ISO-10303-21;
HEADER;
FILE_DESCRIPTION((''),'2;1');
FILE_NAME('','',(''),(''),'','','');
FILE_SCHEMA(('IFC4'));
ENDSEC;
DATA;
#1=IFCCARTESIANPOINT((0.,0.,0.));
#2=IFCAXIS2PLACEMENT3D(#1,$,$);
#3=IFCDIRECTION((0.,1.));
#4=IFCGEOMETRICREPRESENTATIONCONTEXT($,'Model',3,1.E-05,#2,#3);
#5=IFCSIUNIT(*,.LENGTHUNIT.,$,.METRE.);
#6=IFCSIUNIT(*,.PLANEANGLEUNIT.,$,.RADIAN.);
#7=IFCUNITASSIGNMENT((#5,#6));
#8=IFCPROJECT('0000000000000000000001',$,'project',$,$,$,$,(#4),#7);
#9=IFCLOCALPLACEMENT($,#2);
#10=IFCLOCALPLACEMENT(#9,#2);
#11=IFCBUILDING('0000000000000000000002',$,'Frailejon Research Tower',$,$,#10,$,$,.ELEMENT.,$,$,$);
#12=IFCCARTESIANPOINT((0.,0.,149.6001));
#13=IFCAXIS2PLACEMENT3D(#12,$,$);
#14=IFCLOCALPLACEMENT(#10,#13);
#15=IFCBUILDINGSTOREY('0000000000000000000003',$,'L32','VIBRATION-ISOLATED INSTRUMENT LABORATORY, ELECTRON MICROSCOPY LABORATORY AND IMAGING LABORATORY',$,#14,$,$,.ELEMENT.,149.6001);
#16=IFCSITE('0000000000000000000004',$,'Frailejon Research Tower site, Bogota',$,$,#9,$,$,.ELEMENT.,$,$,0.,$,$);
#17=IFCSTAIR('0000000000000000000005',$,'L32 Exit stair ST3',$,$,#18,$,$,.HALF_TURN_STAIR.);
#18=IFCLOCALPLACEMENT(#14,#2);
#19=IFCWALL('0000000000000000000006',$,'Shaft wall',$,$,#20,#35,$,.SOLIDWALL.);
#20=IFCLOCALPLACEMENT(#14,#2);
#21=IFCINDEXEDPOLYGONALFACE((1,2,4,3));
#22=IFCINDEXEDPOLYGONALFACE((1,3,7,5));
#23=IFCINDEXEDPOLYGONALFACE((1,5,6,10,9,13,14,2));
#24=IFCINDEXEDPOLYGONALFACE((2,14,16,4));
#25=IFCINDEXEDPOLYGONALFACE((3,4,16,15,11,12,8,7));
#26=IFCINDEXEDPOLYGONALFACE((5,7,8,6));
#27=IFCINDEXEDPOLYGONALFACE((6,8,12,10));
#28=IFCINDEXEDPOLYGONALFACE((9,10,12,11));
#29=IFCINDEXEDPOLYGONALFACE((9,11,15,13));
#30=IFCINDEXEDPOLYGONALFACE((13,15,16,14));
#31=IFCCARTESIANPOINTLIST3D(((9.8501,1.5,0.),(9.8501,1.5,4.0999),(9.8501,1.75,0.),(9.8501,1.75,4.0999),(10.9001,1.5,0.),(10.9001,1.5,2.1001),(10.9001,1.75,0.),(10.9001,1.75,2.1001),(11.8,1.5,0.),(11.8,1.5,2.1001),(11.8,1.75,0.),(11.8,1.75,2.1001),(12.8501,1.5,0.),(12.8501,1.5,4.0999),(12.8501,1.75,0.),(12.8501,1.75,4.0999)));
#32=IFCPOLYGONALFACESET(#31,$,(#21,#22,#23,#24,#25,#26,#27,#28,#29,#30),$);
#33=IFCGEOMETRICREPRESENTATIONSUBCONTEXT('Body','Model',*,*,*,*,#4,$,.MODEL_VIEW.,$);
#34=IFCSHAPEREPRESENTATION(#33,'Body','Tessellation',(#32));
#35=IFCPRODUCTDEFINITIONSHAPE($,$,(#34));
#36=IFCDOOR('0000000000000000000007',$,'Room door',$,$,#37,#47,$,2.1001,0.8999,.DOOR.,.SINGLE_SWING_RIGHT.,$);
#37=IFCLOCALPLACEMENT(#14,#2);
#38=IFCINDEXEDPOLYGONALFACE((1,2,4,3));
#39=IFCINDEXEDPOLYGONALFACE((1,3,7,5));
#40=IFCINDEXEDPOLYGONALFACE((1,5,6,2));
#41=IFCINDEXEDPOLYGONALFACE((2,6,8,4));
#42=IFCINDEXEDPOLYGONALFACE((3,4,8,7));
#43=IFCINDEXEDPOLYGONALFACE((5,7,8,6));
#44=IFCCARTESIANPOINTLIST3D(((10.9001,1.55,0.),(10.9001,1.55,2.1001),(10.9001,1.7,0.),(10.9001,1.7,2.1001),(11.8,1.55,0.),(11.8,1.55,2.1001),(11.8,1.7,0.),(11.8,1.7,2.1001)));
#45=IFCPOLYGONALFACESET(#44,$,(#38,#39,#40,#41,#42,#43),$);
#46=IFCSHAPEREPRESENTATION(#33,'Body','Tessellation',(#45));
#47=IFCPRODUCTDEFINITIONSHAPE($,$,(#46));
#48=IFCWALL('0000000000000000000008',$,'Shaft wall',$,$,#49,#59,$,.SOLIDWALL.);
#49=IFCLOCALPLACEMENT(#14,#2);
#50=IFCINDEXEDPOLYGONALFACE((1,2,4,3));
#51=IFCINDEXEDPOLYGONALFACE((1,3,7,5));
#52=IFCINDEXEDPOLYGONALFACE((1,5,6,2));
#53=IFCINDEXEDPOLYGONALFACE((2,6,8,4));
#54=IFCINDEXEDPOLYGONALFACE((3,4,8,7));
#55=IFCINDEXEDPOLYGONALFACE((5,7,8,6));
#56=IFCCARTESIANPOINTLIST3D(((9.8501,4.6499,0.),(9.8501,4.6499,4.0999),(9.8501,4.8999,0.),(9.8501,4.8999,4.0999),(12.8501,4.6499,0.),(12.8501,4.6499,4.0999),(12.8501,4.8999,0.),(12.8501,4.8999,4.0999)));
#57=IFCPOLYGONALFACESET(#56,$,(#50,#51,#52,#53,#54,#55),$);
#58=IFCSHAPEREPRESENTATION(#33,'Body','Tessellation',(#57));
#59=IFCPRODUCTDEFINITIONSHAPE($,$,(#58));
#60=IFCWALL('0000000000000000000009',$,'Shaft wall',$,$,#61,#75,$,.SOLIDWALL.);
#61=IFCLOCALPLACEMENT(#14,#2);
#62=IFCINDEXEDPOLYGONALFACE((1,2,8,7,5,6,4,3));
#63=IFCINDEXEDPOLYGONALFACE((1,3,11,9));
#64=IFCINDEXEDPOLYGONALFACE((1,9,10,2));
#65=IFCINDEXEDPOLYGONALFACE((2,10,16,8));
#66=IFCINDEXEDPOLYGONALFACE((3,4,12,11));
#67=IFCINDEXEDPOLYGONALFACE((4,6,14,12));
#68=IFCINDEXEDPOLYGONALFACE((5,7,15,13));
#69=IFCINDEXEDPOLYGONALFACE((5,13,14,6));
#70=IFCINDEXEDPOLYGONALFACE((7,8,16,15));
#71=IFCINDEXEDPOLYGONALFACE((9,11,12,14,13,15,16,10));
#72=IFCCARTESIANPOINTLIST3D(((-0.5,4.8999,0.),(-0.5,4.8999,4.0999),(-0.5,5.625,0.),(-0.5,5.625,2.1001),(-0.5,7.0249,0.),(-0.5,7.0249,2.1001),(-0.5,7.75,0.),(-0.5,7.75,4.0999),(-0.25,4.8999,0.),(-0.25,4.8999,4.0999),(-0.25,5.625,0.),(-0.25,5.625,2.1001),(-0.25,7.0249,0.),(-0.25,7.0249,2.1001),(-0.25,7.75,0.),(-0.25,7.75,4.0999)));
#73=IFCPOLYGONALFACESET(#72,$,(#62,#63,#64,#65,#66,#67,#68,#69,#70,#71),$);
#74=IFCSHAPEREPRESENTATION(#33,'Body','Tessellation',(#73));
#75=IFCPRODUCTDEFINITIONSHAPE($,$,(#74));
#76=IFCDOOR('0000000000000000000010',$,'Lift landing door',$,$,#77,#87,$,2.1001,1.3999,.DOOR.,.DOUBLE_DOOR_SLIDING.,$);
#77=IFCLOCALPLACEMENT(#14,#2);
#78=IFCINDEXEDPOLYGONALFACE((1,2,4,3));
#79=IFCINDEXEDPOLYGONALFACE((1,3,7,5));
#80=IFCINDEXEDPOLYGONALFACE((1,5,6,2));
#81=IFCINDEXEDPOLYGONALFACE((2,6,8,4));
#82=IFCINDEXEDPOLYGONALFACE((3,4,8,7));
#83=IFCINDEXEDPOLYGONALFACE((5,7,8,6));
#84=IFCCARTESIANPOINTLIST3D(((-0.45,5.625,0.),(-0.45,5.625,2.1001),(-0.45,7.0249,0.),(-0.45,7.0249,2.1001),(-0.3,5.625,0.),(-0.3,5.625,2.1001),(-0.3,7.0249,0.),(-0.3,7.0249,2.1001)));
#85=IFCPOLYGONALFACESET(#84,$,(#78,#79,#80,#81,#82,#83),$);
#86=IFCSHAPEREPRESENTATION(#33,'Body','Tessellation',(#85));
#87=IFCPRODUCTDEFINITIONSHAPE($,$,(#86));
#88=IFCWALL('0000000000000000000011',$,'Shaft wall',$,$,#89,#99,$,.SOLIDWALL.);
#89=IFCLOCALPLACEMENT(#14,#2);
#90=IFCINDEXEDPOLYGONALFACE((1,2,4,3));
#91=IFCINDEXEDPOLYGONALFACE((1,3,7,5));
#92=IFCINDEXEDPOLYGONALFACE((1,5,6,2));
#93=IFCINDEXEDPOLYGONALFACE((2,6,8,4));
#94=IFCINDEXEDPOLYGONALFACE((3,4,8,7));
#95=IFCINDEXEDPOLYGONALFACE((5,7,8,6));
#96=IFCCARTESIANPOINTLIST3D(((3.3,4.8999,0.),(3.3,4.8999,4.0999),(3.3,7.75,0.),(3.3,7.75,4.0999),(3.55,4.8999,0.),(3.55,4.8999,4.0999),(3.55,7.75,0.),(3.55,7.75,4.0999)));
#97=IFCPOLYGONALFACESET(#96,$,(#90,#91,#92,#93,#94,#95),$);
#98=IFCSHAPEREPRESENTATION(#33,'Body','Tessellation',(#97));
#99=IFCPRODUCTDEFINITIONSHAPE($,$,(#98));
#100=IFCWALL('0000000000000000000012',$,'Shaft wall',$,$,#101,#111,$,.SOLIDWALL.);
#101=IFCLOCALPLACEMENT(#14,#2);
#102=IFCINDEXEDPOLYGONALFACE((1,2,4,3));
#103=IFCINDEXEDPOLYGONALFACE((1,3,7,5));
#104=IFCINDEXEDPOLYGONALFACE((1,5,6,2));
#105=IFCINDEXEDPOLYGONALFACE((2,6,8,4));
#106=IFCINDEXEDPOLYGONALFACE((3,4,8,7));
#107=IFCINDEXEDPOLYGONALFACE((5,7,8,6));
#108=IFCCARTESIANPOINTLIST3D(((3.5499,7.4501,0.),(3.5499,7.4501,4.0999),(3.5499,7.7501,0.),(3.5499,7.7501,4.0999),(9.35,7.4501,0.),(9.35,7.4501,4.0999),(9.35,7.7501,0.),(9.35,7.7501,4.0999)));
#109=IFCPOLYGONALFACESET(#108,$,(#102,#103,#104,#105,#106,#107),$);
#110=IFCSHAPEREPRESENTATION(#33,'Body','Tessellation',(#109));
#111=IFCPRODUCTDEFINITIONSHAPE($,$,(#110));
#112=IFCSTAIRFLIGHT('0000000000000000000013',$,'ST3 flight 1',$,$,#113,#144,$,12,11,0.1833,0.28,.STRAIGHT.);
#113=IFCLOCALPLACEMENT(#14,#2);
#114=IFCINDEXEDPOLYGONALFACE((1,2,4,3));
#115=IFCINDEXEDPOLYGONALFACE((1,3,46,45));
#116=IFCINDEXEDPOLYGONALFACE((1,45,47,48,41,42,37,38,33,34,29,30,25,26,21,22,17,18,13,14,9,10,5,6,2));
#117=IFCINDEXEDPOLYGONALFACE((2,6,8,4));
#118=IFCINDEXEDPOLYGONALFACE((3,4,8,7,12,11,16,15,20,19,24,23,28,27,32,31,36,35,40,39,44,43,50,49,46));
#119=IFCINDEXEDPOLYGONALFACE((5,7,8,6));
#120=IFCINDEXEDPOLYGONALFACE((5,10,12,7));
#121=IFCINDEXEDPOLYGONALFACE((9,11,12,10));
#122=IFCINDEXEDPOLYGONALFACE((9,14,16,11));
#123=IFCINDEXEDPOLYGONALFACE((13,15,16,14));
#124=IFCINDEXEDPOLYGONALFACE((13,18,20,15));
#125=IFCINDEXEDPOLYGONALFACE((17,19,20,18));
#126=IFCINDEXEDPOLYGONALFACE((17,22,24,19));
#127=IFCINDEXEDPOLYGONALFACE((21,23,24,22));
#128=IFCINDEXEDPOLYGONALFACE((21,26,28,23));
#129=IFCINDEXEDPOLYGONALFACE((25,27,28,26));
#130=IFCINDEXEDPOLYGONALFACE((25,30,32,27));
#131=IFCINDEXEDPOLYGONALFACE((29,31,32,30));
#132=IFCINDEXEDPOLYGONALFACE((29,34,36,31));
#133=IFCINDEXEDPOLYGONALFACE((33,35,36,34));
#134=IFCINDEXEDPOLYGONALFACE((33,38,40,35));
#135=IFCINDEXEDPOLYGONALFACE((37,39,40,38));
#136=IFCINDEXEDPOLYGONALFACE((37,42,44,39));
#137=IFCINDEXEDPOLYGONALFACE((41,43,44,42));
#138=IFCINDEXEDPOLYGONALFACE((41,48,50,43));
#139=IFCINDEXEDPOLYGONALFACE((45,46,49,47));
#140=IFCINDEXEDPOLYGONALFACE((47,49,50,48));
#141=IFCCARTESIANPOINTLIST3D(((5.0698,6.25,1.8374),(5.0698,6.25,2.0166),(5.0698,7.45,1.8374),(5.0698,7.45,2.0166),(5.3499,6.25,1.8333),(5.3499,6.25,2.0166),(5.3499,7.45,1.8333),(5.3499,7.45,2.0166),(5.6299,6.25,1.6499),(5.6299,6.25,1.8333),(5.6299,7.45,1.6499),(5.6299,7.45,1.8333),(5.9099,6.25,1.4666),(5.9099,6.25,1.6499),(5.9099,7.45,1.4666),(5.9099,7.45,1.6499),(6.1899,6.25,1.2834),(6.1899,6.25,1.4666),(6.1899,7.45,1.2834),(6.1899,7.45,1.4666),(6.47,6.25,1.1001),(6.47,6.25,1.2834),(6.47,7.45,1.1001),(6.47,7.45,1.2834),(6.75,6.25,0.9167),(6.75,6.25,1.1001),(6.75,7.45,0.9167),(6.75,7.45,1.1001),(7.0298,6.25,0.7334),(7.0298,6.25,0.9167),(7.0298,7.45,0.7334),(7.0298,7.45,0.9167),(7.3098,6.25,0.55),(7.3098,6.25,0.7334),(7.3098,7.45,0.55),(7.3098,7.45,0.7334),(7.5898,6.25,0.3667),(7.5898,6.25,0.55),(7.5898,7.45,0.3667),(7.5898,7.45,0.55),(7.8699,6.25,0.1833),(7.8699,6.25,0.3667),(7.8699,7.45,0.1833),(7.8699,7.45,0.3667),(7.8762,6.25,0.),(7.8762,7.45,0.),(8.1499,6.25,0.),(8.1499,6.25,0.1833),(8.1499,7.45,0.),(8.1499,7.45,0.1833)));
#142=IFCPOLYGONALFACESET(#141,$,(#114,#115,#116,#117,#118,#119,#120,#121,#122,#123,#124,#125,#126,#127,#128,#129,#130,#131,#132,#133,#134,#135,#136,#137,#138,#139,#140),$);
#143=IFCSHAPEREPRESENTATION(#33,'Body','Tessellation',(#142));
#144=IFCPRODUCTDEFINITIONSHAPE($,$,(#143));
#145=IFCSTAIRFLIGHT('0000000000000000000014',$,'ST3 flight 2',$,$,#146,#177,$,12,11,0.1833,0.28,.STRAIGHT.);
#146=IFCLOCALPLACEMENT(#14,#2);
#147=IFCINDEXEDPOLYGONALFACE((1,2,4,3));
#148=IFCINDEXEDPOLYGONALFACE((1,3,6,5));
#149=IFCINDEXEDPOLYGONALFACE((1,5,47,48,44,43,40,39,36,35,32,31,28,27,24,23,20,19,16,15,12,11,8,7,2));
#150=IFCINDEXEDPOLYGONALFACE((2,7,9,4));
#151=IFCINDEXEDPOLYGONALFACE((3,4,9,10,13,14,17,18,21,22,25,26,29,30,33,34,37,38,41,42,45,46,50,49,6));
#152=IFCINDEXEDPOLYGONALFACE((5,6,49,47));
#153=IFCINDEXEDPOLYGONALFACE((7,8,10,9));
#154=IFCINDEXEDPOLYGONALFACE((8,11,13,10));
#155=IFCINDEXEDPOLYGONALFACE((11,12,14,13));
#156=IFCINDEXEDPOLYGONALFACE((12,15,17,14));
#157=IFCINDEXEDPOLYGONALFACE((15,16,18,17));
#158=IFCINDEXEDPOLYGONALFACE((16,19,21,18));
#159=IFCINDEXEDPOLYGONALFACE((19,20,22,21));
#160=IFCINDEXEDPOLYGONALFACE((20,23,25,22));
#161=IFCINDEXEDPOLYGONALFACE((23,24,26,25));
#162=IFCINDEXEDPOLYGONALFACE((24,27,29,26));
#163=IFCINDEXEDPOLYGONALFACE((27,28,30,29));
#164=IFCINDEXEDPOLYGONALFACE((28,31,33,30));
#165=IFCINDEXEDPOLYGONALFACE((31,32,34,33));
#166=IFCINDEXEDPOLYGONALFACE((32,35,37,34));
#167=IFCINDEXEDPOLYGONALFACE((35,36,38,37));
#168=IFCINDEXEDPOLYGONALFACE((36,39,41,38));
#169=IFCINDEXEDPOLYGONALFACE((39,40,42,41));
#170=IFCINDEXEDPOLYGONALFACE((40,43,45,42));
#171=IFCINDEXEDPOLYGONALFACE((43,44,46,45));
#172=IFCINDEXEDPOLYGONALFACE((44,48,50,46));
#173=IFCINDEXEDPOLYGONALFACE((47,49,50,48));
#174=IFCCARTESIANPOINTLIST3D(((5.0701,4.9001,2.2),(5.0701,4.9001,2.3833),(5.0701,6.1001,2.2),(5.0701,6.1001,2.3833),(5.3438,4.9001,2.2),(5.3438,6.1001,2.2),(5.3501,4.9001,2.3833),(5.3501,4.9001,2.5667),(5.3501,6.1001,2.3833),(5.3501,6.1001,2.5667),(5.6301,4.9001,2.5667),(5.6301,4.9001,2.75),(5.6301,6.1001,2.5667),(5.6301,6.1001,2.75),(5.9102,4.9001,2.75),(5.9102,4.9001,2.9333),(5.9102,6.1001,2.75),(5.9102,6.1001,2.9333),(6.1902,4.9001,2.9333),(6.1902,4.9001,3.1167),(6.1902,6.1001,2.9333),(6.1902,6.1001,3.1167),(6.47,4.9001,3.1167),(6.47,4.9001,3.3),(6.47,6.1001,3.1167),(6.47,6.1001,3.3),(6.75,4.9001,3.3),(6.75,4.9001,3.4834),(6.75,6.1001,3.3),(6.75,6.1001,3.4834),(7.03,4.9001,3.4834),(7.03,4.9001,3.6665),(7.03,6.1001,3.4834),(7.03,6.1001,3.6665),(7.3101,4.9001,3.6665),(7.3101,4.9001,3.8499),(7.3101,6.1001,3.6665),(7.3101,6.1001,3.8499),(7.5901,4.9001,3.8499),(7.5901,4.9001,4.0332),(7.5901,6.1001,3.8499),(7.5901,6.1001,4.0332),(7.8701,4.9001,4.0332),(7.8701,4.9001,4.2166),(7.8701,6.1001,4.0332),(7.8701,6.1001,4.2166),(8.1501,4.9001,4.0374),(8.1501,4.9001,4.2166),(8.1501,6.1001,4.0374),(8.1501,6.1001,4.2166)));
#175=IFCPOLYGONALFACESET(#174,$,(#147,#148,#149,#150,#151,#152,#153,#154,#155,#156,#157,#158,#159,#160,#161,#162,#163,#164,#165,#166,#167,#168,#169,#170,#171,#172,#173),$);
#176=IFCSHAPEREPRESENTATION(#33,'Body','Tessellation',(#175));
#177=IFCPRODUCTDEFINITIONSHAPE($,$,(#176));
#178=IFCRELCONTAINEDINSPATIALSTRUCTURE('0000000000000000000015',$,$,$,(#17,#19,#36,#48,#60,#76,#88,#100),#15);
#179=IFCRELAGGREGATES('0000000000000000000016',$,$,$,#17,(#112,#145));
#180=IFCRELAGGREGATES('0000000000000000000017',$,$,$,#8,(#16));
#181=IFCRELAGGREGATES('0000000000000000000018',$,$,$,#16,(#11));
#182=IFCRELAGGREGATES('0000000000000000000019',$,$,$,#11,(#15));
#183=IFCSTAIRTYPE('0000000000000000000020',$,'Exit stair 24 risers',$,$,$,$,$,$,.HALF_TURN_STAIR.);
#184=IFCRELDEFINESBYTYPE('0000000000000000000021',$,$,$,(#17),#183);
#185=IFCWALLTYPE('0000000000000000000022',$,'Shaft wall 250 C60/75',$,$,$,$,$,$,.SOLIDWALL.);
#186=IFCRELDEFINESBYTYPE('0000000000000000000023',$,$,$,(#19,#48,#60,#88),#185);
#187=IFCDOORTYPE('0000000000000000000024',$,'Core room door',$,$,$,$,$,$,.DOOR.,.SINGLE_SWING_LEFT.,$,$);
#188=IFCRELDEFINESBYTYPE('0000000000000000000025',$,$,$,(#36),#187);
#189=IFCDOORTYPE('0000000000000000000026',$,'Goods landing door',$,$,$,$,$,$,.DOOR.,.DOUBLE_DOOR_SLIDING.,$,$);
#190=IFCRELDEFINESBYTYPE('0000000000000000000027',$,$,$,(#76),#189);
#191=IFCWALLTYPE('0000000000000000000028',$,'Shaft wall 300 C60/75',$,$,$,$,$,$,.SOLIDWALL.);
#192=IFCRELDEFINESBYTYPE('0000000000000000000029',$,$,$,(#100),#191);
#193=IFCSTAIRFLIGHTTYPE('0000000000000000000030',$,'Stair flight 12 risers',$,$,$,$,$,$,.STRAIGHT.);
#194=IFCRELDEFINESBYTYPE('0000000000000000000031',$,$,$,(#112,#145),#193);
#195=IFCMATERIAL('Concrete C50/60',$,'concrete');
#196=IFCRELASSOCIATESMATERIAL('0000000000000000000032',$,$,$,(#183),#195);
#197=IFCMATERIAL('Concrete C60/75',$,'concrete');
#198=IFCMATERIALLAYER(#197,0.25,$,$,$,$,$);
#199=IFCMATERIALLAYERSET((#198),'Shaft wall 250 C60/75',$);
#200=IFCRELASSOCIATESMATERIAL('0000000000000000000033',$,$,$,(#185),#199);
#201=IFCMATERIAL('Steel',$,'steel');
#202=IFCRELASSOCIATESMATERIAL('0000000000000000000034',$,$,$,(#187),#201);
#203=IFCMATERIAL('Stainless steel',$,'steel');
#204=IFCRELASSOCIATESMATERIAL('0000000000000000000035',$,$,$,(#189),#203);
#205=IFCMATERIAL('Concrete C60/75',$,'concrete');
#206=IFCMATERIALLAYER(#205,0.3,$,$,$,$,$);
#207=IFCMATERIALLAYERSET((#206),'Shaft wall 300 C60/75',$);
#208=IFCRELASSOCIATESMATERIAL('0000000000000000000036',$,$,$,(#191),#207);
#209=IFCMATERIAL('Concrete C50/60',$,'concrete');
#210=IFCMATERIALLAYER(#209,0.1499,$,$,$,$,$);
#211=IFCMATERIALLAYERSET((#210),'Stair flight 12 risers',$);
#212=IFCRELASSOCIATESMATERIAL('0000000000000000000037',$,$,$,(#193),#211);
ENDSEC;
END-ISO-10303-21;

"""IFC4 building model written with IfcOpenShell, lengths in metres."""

from ifc_helpers import new_model, si_unit, direction, frame, frame_2d, origin, place, context, subcontext, project, spatial, polyline, rectangle, outline, extrude, material, layer, layer_set, type_object, element, fill, aggregate, save


model = new_model("IFC4")

# Units and contexts
model_context = context("Model", 3, precision=1e-05, world=origin(), true_north=direction((0.0, 1.0)))
body_context = subcontext(model_context, "Body", "Model", "MODEL_VIEW")
ifc_project = project(units=[si_unit("LENGTHUNIT", "METRE"), si_unit("PLANEANGLEUNIT", "RADIAN")], contexts=[model_context])

# Site, building, storey
site_placement = place(None, origin())
site = spatial("IfcSite", under=ifc_project, at=site_placement, Name="Frailejon Research Tower site, Bogota", CompositionType="ELEMENT", RefElevation=0.0)
building_placement = place(site_placement, origin())
building = spatial("IfcBuilding", under=site, at=building_placement, Name="Frailejon Research Tower", CompositionType="ELEMENT")
storey_placement = place(building_placement, frame((0.0, 0.0, 149.6001)))
storey = spatial("IfcBuildingStorey", under=building, at=storey_placement, Name="L32", Description="VIBRATION-ISOLATED INSTRUMENT LABORATORY, ELECTRON MICROSCOPY LABORATORY AND IMAGING LABORATORY", CompositionType="ELEMENT", Elevation=149.6001)

# Stair
ifc_material_1 = material(Name="Concrete C50/60", Category="concrete")
stair_type = type_object("IfcStairType", Name="Exit stair 24 risers", PredefinedType="HALF_TURN_STAIR", material=ifc_material_1)
stair_1_placement = place(storey_placement, origin())
stair_1 = element("IfcStair", 1, at=stair_1_placement, inside=storey, type_object=stair_type, Name="L32 Exit stair ST3", PredefinedType="HALF_TURN_STAIR")

# Wall, opening, door
ifc_material_2 = material(Name="Concrete C60/75", Category="concrete")
ifc_layer_1 = layer(ifc_material_2, 0.25)
ifc_layer_set_1 = layer_set([ifc_layer_1], Name="Shaft wall 250 C60/75")
wall_type_1 = type_object("IfcWallType", Name="Shaft wall 250 C60/75", PredefinedType="SOLIDWALL", material=ifc_layer_set_1)
wall_1_placement = place(storey_placement, frame((9.8501, 1.625, 0.0), z_axis=(0.0, 0.0, 1.0), x_axis=(1.0, 0.0, 0.0)))
wall_1 = element("IfcWall", 2, at=wall_1_placement, inside=storey, type_object=wall_type_1, Name="Shaft wall", PredefinedType="SOLIDWALL", context=body_context, shape_type="SweptSolid", body=[
    extrude(rectangle(XDim=3.0, YDim=0.25, at=frame_2d((1.5, 0.0))), origin(), (0.0, 0.0, 1.0), 4.0999),
])
opening_1_placement = place(wall_1_placement, frame((1.05, 0.0, 0.0)))
opening_1 = element("IfcOpeningElement", 3, at=opening_1_placement, cuts=wall_1, PredefinedType="OPENING", context=body_context, shape_type="SweptSolid", body=[
    extrude(rectangle(XDim=0.8999, YDim=2.1001, at=frame_2d((0.45, 1.05))), frame((0.0, 0.135, 0.0), z_axis=(0.0, -1.0, 0.0), x_axis=(1.0, 0.0, 0.0)), (0.0, 0.0, 1.0), 0.27),
])
ifc_material_3 = material(Name="Steel", Category="steel")
door_type_1 = type_object("IfcDoorType", Name="Core room door", OperationType="SINGLE_SWING_LEFT", PredefinedType="DOOR", material=ifc_material_3)
door_1_placement = place(opening_1_placement, origin())
door_1 = element("IfcDoor", 4, at=door_1_placement, inside=storey, type_object=door_type_1, Name="Room door", OperationType="SINGLE_SWING_RIGHT", OverallHeight=2.1001, OverallWidth=0.8999, PredefinedType="DOOR", context=body_context, shape_type="SweptSolid", body=[
    extrude(rectangle(XDim=0.8999, YDim=2.1001, at=frame_2d((0.45, 1.05))), frame((0.0, 0.075, 0.0), z_axis=(0.0, -1.0, 0.0), x_axis=(1.0, 0.0, 0.0)), (0.0, 0.0, 1.0), 0.1499),
])
fill(opening_1, door_1)

# Wall
wall_2_placement = place(storey_placement, frame((9.8501, 4.7749, 0.0), z_axis=(0.0, 0.0, 1.0), x_axis=(1.0, 0.0, 0.0)))
element("IfcWall", 5, at=wall_2_placement, inside=storey, type_object=wall_type_1, Name="Shaft wall", PredefinedType="SOLIDWALL", context=body_context, shape_type="SweptSolid", body=[
    extrude(rectangle(XDim=3.0, YDim=0.25, at=frame_2d((1.5, 0.0))), origin(), (0.0, 0.0, 1.0), 4.0999),
])

# Wall, opening, door
wall_3_placement = place(storey_placement, frame((-0.375, 4.8999, 0.0), z_axis=(0.0, 0.0, 1.0), x_axis=(0.0, 1.0, 0.0)))
wall_3 = element("IfcWall", 6, at=wall_3_placement, inside=storey, type_object=wall_type_1, Name="Shaft wall", PredefinedType="SOLIDWALL", context=body_context, shape_type="SweptSolid", body=[
    extrude(rectangle(XDim=2.8501, YDim=0.25, at=frame_2d((1.425, 0.0))), origin(), (0.0, 0.0, 1.0), 4.0999),
])
opening_2_placement = place(wall_3_placement, frame((0.7251, 0.0, 0.0)))
opening_2 = element("IfcOpeningElement", 7, at=opening_2_placement, cuts=wall_3, PredefinedType="OPENING", context=body_context, shape_type="SweptSolid", body=[
    extrude(rectangle(XDim=1.3999, YDim=2.1001, at=frame_2d((0.7, 1.05))), frame((0.0, 0.135, 0.0), z_axis=(0.0, -1.0, 0.0), x_axis=(1.0, 0.0, 0.0)), (0.0, 0.0, 1.0), 0.27),
])
ifc_material_4 = material(Name="Stainless steel", Category="steel")
door_type_2 = type_object("IfcDoorType", Name="Goods landing door", OperationType="DOUBLE_DOOR_SLIDING", PredefinedType="DOOR", material=ifc_material_4)
door_2_placement = place(opening_2_placement, origin())
door_2 = element("IfcDoor", 8, at=door_2_placement, inside=storey, type_object=door_type_2, Name="Lift landing door", OperationType="DOUBLE_DOOR_SLIDING", OverallHeight=2.1001, OverallWidth=1.3999, PredefinedType="DOOR", context=body_context, shape_type="SweptSolid", body=[
    extrude(rectangle(XDim=1.3999, YDim=2.1001, at=frame_2d((0.7, 1.05))), frame((0.0, 0.075, 0.0), z_axis=(0.0, -1.0, 0.0), x_axis=(1.0, 0.0, 0.0)), (0.0, 0.0, 1.0), 0.1499),
])
fill(opening_2, door_2)

# Walls
wall_4_placement = place(storey_placement, frame((3.425, 4.8999, 0.0), z_axis=(0.0, 0.0, 1.0), x_axis=(0.0, 1.0, 0.0)))
element("IfcWall", 9, at=wall_4_placement, inside=storey, type_object=wall_type_1, Name="Shaft wall", PredefinedType="SOLIDWALL", context=body_context, shape_type="SweptSolid", body=[
    extrude(rectangle(XDim=2.8501, YDim=0.25, at=frame_2d((1.425, 0.0))), origin(), (0.0, 0.0, 1.0), 4.0999),
])
ifc_material_5 = material(Name="Concrete C60/75", Category="concrete")
ifc_layer_2 = layer(ifc_material_5, 0.3)
ifc_layer_set_2 = layer_set([ifc_layer_2], Name="Shaft wall 300 C60/75")
wall_type_2 = type_object("IfcWallType", Name="Shaft wall 300 C60/75", PredefinedType="SOLIDWALL", material=ifc_layer_set_2)
wall_5_placement = place(storey_placement, frame((3.55, 7.6001, 0.0), z_axis=(0.0, 0.0, 1.0), x_axis=(1.0, 0.0, 0.0)))
element("IfcWall", 10, at=wall_5_placement, inside=storey, type_object=wall_type_2, Name="Shaft wall", PredefinedType="SOLIDWALL", context=body_context, shape_type="SweptSolid", body=[
    extrude(rectangle(XDim=5.8, YDim=0.3, at=frame_2d((2.8999, 0.0))), origin(), (0.0, 0.0, 1.0), 4.0999),
])

# Stair flights
ifc_material_6 = material(Name="Concrete C50/60", Category="concrete")
ifc_layer_3 = layer(ifc_material_6, 0.1499)
ifc_layer_set_3 = layer_set([ifc_layer_3], Name="Stair flight 12 risers")
stair_flight_type = type_object("IfcStairFlightType", Name="Stair flight 12 risers", PredefinedType="STRAIGHT", material=ifc_layer_set_3)
stair_flight_1_placement = place(storey_placement, frame((8.1499, 6.8501, 0.0), z_axis=(0.0, 0.0, 1.0), x_axis=(-1.0, 0.0, 0.0)))
stair_flight_1 = element("IfcStairFlight", 11, at=stair_flight_1_placement, type_object=stair_flight_type, Name="ST3 flight 1", NumberOfRisers=12, NumberOfTreads=11, PredefinedType="STRAIGHT", RiserHeight=0.1833, TreadLength=0.28, context=body_context, shape_type="SweptSolid", body=[
    extrude(outline(polyline([(0.0, 0.0), (0.0, 0.1833), (0.28, 0.1833), (0.28, 0.3667), (0.5601, 0.3667), (0.5601, 0.55), (0.8401, 0.55), (0.8401, 0.7334), (1.1201, 0.7334), (1.1201, 0.9167), (1.3999, 0.9167), (1.3999, 1.1001), (1.6799, 1.1001), (1.6799, 1.2834), (1.96, 1.2834), (1.96, 1.4666), (2.24, 1.4666), (2.24, 1.6499), (2.52, 1.6499), (2.52, 1.8333), (2.8, 1.8333), (2.8, 2.0166), (3.0801, 2.0166), (3.0801, 2.2), (3.0801, 1.8374), (0.2737, 0.0), (0.0, 0.0)])), frame((0.0, 0.6001, 0.0), z_axis=(0.0, -1.0, 0.0), x_axis=(1.0, 0.0, 0.0)), (0.0, 0.0, 1.0), 1.2),
])
stair_flight_2_placement = place(storey_placement, frame((5.0701, 5.5, 2.2), z_axis=(0.0, 0.0, 1.0), x_axis=(1.0, 0.0, 0.0)))
stair_flight_2 = element("IfcStairFlight", 12, at=stair_flight_2_placement, type_object=stair_flight_type, Name="ST3 flight 2", NumberOfRisers=12, NumberOfTreads=11, PredefinedType="STRAIGHT", RiserHeight=0.1833, TreadLength=0.28, context=body_context, shape_type="SweptSolid", body=[
    extrude(outline(polyline([(0.0, 0.0), (0.0, 0.1833), (0.28, 0.1833), (0.28, 0.3667), (0.5601, 0.3667), (0.5601, 0.55), (0.8401, 0.55), (0.8401, 0.7334), (1.1201, 0.7334), (1.1201, 0.9167), (1.3999, 0.9167), (1.3999, 1.1001), (1.6799, 1.1001), (1.6799, 1.2834), (1.96, 1.2834), (1.96, 1.4666), (2.24, 1.4666), (2.24, 1.6499), (2.52, 1.6499), (2.52, 1.8333), (2.8, 1.8333), (2.8, 2.0166), (3.0801, 2.0166), (3.0801, 2.2), (3.0801, 1.8374), (0.2737, 0.0), (0.0, 0.0)])), frame((0.0, 0.6001, 0.0), z_axis=(0.0, -1.0, 0.0), x_axis=(1.0, 0.0, 0.0)), (0.0, 0.0, 1.0), 1.2),
])
aggregate(stair_1, [stair_flight_1, stair_flight_2])

save(model, "model.ifc")
